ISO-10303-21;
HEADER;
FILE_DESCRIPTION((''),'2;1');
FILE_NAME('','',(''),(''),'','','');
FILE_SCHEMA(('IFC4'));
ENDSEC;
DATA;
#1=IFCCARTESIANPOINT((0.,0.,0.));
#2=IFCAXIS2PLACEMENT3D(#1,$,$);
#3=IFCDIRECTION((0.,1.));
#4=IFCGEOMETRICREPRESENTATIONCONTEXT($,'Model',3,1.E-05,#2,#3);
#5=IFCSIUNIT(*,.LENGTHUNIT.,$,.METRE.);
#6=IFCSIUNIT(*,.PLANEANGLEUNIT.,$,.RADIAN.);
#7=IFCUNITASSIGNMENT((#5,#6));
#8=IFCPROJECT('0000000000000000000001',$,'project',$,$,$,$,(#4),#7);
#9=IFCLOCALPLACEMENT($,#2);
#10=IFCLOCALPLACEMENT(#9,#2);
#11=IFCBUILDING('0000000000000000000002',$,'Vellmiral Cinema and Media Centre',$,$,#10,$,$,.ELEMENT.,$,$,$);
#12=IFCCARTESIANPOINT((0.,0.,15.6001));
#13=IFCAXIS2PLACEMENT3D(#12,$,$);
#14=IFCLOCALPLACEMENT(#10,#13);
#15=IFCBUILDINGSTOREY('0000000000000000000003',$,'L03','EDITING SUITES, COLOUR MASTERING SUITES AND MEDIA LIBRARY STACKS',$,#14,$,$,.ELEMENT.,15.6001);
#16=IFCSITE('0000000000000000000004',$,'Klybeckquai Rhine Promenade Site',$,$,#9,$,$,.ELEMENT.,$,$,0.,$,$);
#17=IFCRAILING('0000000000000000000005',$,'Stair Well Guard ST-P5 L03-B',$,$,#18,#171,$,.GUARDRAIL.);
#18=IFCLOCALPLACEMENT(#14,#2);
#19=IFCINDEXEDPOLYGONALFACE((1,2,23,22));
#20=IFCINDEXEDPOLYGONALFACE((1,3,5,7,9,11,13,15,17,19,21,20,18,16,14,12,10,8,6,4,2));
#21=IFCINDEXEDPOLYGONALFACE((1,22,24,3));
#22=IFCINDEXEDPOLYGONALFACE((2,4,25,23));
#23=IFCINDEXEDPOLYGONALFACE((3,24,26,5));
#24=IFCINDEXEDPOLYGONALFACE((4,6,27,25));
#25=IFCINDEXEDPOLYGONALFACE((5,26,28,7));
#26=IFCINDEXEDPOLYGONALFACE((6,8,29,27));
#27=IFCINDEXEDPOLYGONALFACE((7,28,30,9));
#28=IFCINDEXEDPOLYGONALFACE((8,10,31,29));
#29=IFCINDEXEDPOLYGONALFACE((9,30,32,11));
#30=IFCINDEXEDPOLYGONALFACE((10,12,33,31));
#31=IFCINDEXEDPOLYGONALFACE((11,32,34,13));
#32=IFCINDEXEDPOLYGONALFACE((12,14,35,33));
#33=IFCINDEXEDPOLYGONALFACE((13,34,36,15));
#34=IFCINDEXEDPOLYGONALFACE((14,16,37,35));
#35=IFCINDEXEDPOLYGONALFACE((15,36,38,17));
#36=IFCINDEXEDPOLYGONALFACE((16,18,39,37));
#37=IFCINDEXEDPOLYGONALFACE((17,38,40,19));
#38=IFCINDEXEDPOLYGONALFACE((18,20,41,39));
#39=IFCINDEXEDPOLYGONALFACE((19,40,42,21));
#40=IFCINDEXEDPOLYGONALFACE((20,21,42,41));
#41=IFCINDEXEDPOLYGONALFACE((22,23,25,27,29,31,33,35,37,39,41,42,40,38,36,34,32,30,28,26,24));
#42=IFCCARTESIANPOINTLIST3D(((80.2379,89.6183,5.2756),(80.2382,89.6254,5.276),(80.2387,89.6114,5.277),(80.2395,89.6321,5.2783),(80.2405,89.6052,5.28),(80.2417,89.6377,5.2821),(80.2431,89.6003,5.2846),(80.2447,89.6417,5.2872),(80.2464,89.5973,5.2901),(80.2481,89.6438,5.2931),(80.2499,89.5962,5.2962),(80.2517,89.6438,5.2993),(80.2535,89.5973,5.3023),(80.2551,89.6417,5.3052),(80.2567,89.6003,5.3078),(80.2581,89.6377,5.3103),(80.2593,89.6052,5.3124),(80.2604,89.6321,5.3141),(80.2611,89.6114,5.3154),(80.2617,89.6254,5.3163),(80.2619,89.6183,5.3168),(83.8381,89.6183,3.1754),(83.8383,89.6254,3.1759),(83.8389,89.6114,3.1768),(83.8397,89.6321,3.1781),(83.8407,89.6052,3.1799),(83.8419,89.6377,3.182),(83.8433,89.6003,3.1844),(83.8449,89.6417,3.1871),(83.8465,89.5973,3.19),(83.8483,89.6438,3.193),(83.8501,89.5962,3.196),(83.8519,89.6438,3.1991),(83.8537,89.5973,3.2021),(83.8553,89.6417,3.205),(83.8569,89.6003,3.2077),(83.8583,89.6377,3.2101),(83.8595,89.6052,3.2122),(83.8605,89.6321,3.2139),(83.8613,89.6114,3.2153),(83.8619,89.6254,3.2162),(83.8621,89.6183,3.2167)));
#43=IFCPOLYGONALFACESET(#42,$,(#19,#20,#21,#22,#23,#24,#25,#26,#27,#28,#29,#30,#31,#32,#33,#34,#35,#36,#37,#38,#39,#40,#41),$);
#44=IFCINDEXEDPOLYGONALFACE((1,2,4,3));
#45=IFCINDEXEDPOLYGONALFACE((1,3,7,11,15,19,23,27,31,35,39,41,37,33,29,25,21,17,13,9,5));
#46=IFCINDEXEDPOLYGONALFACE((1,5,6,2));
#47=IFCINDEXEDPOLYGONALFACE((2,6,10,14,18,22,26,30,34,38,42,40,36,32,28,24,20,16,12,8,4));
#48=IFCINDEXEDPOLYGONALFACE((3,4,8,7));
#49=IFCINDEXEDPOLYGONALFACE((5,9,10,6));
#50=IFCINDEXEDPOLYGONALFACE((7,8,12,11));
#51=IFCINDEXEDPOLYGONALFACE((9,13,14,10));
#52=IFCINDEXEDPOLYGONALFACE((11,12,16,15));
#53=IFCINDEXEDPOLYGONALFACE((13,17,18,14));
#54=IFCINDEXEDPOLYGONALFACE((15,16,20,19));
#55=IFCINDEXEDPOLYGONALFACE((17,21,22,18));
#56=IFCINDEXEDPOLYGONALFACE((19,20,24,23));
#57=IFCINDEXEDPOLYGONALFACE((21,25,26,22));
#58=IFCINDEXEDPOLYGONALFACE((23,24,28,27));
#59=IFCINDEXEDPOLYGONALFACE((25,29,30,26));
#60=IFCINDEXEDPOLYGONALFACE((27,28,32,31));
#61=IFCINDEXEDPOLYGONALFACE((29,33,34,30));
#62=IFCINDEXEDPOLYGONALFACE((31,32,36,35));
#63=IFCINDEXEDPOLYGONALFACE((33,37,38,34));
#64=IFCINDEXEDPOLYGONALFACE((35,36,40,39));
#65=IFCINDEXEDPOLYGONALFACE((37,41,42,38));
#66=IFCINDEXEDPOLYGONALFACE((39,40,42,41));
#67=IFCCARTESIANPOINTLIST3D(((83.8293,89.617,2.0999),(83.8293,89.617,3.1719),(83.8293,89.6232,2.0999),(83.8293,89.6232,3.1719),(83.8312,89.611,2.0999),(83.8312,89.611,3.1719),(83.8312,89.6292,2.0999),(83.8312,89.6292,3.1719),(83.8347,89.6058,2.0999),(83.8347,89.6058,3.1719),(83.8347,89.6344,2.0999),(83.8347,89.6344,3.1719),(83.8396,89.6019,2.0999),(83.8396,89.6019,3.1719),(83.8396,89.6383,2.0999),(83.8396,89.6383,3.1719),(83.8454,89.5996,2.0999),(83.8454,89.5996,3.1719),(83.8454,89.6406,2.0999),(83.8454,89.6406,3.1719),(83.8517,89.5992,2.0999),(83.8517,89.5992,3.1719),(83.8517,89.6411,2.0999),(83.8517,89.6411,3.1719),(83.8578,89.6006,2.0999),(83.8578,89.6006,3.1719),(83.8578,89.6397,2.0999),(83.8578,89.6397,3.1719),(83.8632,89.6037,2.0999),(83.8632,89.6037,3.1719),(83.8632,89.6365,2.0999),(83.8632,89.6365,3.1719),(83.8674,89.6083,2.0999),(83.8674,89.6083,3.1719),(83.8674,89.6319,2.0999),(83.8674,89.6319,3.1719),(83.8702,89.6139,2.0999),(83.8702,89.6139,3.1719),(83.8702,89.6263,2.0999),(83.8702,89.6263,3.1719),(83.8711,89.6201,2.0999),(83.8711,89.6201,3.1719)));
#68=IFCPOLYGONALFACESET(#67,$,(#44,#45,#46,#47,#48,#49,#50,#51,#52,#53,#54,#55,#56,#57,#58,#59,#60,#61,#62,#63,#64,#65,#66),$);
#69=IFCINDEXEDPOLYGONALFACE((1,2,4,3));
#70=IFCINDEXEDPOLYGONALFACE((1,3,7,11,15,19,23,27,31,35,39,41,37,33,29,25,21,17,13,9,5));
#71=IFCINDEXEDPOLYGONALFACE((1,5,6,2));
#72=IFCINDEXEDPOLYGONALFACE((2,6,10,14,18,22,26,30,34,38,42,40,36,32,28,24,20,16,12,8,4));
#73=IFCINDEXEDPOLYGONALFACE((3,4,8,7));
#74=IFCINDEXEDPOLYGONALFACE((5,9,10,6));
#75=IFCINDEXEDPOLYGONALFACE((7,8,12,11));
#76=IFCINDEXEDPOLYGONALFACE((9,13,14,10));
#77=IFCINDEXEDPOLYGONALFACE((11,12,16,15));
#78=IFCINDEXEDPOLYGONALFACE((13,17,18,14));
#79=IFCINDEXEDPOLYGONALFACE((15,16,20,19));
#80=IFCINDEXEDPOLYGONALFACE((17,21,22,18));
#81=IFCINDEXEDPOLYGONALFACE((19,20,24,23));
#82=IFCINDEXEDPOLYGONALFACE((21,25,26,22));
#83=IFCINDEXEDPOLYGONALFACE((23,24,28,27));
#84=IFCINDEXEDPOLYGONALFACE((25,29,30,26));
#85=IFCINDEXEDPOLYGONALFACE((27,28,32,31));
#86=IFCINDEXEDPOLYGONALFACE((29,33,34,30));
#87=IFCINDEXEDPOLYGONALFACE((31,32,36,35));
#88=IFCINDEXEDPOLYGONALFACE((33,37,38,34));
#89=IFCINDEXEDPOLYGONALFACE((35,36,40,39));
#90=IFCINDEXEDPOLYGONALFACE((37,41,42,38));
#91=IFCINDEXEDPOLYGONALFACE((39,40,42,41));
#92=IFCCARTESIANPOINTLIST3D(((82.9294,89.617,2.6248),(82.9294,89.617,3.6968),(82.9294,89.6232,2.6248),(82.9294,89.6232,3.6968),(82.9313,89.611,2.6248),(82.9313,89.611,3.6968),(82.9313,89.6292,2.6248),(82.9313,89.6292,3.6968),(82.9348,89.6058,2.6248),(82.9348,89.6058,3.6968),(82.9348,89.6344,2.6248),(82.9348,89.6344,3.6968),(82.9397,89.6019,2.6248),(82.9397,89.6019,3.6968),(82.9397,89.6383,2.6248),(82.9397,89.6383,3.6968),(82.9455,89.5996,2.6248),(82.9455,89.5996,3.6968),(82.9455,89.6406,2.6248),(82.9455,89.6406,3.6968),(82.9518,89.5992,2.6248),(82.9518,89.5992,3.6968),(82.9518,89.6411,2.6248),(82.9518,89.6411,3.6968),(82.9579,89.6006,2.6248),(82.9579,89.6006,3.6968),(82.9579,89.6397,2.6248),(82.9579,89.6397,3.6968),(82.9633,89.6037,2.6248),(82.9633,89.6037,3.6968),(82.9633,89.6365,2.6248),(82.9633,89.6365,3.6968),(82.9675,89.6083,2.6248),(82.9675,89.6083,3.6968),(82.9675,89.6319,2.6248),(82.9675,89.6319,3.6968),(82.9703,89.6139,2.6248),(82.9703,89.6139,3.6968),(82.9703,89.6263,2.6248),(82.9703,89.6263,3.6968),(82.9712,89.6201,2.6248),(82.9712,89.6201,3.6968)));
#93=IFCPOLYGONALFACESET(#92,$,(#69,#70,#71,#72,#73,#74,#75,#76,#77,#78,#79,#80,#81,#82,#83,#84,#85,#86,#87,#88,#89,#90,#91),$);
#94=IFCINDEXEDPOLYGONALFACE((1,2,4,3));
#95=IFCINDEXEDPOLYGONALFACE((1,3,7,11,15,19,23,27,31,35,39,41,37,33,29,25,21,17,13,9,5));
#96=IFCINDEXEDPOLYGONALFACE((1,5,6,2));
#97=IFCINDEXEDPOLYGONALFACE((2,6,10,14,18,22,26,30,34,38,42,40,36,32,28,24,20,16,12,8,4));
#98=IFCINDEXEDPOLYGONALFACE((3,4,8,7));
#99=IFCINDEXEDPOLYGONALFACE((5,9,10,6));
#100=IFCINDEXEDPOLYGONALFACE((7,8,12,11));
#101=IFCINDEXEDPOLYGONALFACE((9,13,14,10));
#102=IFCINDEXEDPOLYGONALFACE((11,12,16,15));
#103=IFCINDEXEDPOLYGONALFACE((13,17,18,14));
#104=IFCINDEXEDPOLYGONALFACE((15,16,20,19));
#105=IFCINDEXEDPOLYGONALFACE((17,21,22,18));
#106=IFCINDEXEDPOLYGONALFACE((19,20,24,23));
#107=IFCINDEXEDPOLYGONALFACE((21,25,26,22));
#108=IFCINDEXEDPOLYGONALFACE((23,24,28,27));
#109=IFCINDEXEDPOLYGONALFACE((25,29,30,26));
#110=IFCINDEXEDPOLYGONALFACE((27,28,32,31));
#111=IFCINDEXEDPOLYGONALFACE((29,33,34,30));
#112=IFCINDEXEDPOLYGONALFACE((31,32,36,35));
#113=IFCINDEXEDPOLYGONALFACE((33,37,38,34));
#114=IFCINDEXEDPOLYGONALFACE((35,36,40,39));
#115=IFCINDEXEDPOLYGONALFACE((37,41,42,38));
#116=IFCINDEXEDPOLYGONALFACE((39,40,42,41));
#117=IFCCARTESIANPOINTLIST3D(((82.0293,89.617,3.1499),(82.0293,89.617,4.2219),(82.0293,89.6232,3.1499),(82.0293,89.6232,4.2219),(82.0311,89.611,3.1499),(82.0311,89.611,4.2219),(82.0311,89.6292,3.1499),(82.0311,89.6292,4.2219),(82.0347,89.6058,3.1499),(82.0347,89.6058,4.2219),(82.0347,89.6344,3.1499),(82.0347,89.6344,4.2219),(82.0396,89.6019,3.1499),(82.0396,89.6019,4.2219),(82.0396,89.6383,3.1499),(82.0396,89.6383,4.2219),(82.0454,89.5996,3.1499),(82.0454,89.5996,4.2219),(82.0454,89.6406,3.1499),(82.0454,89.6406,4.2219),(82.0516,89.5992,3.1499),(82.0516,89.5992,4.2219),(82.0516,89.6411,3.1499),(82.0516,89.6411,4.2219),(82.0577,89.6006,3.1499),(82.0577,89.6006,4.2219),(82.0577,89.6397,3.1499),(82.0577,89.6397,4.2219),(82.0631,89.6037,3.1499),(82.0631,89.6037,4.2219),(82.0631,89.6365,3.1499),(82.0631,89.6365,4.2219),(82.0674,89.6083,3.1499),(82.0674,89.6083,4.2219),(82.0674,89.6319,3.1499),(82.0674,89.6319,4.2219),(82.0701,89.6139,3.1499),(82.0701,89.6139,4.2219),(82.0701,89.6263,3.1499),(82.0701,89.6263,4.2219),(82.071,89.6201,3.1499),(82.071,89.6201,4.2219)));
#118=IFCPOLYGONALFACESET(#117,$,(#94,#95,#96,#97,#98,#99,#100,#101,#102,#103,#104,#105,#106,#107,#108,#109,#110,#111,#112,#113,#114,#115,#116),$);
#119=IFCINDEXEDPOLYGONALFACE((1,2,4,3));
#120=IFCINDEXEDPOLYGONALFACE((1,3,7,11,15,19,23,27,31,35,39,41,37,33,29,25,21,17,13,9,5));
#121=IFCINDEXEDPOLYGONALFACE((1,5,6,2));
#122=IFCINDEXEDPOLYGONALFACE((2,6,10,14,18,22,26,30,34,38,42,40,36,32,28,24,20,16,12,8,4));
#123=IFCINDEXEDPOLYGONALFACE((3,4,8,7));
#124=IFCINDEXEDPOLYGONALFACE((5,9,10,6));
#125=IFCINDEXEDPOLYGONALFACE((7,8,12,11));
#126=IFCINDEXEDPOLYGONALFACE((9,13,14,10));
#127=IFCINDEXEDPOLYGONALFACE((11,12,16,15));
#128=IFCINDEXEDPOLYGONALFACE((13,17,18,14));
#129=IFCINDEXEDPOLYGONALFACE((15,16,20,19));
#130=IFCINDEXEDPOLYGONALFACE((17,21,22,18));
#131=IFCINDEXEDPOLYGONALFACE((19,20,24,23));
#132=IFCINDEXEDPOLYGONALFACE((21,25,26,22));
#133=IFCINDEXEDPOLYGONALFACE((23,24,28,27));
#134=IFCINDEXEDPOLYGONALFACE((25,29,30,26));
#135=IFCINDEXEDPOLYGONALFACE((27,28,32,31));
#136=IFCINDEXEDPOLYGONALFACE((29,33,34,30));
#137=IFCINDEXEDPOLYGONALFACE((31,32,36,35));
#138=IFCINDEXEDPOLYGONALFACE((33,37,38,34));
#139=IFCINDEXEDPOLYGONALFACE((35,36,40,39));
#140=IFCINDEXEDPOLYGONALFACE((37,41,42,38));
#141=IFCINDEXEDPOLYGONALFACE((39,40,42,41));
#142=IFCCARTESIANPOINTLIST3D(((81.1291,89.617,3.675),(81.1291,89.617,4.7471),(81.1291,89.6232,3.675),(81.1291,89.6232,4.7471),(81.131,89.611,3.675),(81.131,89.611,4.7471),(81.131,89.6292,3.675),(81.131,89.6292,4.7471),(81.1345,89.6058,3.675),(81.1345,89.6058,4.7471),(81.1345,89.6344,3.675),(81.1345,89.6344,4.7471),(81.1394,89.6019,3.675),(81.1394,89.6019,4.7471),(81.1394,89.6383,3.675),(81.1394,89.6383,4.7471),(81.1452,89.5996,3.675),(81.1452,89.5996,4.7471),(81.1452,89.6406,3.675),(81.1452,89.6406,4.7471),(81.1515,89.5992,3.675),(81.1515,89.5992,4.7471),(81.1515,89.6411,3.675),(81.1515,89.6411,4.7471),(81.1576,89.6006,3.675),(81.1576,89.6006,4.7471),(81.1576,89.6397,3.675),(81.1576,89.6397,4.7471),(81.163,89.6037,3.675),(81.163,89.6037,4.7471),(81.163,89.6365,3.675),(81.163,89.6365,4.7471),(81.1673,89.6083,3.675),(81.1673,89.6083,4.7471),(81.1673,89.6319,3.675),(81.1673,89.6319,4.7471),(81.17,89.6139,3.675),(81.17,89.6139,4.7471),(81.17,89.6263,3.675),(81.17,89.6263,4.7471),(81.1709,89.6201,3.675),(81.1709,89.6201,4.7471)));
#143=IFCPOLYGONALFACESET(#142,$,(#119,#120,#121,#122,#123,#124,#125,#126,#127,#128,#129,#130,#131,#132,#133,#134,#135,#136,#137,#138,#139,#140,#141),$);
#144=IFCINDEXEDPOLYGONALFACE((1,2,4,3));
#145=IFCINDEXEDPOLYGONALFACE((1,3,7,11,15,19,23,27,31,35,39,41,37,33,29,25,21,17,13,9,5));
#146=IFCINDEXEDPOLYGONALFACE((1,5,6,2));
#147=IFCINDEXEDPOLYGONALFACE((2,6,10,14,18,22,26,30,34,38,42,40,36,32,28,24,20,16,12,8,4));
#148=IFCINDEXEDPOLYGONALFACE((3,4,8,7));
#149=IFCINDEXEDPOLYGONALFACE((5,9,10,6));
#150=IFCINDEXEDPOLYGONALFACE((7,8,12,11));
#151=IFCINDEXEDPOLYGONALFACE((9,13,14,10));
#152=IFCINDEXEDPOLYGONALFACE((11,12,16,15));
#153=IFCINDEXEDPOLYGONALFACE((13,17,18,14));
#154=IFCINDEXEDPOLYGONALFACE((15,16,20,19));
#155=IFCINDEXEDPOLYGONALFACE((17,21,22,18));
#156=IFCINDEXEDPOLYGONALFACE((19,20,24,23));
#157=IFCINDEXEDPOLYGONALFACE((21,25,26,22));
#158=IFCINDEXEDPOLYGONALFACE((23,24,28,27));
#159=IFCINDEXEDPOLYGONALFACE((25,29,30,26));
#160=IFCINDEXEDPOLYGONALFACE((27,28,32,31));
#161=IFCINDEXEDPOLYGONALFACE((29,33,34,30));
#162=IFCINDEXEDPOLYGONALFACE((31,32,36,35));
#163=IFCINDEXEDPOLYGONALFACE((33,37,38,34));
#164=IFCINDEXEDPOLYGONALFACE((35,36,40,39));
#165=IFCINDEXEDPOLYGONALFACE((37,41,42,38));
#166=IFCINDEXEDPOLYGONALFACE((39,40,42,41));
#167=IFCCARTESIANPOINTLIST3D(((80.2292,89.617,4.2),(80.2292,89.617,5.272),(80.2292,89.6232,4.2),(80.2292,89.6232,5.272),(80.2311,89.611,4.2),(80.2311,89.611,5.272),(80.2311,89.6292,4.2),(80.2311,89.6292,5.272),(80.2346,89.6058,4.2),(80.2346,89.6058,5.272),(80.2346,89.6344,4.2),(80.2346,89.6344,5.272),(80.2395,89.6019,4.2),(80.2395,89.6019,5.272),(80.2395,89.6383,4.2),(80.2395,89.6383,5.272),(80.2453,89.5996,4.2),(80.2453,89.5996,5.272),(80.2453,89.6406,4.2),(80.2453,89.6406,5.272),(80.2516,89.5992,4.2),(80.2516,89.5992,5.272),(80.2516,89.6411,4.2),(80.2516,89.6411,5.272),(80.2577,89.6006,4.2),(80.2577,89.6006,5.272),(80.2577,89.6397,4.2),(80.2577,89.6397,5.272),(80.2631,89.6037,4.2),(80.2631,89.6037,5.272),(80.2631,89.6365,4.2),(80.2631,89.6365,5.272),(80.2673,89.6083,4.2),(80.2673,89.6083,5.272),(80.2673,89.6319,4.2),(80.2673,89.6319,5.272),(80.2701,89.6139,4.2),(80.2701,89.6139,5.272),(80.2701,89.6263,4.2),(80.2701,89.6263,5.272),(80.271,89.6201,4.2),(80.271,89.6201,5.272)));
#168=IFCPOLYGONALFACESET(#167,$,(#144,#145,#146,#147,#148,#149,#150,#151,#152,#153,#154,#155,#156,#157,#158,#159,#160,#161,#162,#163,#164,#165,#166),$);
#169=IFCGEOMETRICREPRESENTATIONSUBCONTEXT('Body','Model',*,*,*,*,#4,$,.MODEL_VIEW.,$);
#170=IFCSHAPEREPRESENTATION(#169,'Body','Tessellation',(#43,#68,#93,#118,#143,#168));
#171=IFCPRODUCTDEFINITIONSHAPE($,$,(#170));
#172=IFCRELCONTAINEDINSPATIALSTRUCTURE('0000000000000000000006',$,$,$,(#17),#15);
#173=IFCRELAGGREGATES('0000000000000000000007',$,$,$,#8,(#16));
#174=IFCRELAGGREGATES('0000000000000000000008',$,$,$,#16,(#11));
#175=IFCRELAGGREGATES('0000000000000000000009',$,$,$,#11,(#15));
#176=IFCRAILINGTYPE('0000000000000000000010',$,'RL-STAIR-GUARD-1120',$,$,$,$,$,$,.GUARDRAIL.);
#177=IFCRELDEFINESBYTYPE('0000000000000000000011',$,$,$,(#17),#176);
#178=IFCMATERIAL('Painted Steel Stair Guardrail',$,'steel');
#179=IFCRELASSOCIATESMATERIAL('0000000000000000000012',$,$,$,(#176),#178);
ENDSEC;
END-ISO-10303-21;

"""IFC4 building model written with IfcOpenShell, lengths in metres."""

from ifc_helpers import new_model, si_unit, direction, frame, origin, origin_2d, place, context, subcontext, project, spatial, circle, extrude, material, type_object, element, save


model = new_model("IFC4")

# Units and contexts
model_context = context("Model", 3, precision=1e-05, world=origin(), true_north=direction((0.0, 1.0)))
body_context = subcontext(model_context, "Body", "Model", "MODEL_VIEW")
ifc_project = project(units=[si_unit("LENGTHUNIT", "METRE"), si_unit("PLANEANGLEUNIT", "RADIAN")], contexts=[model_context])

# Site, building, storey
site_placement = place(None, origin())
site = spatial("IfcSite", under=ifc_project, at=site_placement, Name="Klybeckquai Rhine Promenade Site", CompositionType="ELEMENT", RefElevation=0.0)
building_placement = place(site_placement, origin())
building = spatial("IfcBuilding", under=site, at=building_placement, Name="Vellmiral Cinema and Media Centre", CompositionType="ELEMENT")
storey_placement = place(building_placement, frame((0.0, 0.0, 15.6001)))
storey = spatial("IfcBuildingStorey", under=building, at=storey_placement, Name="L03", Description="EDITING SUITES, COLOUR MASTERING SUITES AND MEDIA LIBRARY STACKS", CompositionType="ELEMENT", Elevation=15.6001)

# Railing
ifc_material_1 = material(Name="Painted Steel Stair Guardrail", Category="steel")
railing_type_1 = type_object("IfcRailingType", Name="RL-STAIR-GUARD-1120", PredefinedType="GUARDRAIL", material=ifc_material_1)
railing_1_placement = place(storey_placement, frame((83.8501, 89.6201, 2.0999)))
element("IfcRailing", 1, at=railing_1_placement, inside=storey, type_object=railing_type_1, Name="Stair Well Guard ST-P5 L03-B", PredefinedType="GUARDRAIL", context=body_context, shape_type="SweptSolid", body=[
    extrude(circle(Radius=0.0239, at=origin_2d()), frame((0.0, 0.0, 1.0962), z_axis=(-0.863775, 0.0, 0.503878), x_axis=(0.0, -1.0, 0.0)), (0.0, 0.0, 1.0), 4.168),
    extrude(circle(Radius=0.021, at=origin_2d()), origin(), (0.0, 0.0, 1.0), 1.072),
    extrude(circle(Radius=0.021, at=origin_2d()), frame((-0.8999, 0.0, 0.5249)), (0.0, 0.0, 1.0), 1.072),
    extrude(circle(Radius=0.021, at=origin_2d()), frame((-1.8, 0.0, 1.05)), (0.0, 0.0, 1.0), 1.072),
    extrude(circle(Radius=0.021, at=origin_2d()), frame((-2.7002, 0.0, 1.5752)), (0.0, 0.0, 1.0), 1.072),
    extrude(circle(Radius=0.021, at=origin_2d()), frame((-3.6001, 0.0, 2.1001)), (0.0, 0.0, 1.0), 1.072),
])

save(model, "model.ifc")
